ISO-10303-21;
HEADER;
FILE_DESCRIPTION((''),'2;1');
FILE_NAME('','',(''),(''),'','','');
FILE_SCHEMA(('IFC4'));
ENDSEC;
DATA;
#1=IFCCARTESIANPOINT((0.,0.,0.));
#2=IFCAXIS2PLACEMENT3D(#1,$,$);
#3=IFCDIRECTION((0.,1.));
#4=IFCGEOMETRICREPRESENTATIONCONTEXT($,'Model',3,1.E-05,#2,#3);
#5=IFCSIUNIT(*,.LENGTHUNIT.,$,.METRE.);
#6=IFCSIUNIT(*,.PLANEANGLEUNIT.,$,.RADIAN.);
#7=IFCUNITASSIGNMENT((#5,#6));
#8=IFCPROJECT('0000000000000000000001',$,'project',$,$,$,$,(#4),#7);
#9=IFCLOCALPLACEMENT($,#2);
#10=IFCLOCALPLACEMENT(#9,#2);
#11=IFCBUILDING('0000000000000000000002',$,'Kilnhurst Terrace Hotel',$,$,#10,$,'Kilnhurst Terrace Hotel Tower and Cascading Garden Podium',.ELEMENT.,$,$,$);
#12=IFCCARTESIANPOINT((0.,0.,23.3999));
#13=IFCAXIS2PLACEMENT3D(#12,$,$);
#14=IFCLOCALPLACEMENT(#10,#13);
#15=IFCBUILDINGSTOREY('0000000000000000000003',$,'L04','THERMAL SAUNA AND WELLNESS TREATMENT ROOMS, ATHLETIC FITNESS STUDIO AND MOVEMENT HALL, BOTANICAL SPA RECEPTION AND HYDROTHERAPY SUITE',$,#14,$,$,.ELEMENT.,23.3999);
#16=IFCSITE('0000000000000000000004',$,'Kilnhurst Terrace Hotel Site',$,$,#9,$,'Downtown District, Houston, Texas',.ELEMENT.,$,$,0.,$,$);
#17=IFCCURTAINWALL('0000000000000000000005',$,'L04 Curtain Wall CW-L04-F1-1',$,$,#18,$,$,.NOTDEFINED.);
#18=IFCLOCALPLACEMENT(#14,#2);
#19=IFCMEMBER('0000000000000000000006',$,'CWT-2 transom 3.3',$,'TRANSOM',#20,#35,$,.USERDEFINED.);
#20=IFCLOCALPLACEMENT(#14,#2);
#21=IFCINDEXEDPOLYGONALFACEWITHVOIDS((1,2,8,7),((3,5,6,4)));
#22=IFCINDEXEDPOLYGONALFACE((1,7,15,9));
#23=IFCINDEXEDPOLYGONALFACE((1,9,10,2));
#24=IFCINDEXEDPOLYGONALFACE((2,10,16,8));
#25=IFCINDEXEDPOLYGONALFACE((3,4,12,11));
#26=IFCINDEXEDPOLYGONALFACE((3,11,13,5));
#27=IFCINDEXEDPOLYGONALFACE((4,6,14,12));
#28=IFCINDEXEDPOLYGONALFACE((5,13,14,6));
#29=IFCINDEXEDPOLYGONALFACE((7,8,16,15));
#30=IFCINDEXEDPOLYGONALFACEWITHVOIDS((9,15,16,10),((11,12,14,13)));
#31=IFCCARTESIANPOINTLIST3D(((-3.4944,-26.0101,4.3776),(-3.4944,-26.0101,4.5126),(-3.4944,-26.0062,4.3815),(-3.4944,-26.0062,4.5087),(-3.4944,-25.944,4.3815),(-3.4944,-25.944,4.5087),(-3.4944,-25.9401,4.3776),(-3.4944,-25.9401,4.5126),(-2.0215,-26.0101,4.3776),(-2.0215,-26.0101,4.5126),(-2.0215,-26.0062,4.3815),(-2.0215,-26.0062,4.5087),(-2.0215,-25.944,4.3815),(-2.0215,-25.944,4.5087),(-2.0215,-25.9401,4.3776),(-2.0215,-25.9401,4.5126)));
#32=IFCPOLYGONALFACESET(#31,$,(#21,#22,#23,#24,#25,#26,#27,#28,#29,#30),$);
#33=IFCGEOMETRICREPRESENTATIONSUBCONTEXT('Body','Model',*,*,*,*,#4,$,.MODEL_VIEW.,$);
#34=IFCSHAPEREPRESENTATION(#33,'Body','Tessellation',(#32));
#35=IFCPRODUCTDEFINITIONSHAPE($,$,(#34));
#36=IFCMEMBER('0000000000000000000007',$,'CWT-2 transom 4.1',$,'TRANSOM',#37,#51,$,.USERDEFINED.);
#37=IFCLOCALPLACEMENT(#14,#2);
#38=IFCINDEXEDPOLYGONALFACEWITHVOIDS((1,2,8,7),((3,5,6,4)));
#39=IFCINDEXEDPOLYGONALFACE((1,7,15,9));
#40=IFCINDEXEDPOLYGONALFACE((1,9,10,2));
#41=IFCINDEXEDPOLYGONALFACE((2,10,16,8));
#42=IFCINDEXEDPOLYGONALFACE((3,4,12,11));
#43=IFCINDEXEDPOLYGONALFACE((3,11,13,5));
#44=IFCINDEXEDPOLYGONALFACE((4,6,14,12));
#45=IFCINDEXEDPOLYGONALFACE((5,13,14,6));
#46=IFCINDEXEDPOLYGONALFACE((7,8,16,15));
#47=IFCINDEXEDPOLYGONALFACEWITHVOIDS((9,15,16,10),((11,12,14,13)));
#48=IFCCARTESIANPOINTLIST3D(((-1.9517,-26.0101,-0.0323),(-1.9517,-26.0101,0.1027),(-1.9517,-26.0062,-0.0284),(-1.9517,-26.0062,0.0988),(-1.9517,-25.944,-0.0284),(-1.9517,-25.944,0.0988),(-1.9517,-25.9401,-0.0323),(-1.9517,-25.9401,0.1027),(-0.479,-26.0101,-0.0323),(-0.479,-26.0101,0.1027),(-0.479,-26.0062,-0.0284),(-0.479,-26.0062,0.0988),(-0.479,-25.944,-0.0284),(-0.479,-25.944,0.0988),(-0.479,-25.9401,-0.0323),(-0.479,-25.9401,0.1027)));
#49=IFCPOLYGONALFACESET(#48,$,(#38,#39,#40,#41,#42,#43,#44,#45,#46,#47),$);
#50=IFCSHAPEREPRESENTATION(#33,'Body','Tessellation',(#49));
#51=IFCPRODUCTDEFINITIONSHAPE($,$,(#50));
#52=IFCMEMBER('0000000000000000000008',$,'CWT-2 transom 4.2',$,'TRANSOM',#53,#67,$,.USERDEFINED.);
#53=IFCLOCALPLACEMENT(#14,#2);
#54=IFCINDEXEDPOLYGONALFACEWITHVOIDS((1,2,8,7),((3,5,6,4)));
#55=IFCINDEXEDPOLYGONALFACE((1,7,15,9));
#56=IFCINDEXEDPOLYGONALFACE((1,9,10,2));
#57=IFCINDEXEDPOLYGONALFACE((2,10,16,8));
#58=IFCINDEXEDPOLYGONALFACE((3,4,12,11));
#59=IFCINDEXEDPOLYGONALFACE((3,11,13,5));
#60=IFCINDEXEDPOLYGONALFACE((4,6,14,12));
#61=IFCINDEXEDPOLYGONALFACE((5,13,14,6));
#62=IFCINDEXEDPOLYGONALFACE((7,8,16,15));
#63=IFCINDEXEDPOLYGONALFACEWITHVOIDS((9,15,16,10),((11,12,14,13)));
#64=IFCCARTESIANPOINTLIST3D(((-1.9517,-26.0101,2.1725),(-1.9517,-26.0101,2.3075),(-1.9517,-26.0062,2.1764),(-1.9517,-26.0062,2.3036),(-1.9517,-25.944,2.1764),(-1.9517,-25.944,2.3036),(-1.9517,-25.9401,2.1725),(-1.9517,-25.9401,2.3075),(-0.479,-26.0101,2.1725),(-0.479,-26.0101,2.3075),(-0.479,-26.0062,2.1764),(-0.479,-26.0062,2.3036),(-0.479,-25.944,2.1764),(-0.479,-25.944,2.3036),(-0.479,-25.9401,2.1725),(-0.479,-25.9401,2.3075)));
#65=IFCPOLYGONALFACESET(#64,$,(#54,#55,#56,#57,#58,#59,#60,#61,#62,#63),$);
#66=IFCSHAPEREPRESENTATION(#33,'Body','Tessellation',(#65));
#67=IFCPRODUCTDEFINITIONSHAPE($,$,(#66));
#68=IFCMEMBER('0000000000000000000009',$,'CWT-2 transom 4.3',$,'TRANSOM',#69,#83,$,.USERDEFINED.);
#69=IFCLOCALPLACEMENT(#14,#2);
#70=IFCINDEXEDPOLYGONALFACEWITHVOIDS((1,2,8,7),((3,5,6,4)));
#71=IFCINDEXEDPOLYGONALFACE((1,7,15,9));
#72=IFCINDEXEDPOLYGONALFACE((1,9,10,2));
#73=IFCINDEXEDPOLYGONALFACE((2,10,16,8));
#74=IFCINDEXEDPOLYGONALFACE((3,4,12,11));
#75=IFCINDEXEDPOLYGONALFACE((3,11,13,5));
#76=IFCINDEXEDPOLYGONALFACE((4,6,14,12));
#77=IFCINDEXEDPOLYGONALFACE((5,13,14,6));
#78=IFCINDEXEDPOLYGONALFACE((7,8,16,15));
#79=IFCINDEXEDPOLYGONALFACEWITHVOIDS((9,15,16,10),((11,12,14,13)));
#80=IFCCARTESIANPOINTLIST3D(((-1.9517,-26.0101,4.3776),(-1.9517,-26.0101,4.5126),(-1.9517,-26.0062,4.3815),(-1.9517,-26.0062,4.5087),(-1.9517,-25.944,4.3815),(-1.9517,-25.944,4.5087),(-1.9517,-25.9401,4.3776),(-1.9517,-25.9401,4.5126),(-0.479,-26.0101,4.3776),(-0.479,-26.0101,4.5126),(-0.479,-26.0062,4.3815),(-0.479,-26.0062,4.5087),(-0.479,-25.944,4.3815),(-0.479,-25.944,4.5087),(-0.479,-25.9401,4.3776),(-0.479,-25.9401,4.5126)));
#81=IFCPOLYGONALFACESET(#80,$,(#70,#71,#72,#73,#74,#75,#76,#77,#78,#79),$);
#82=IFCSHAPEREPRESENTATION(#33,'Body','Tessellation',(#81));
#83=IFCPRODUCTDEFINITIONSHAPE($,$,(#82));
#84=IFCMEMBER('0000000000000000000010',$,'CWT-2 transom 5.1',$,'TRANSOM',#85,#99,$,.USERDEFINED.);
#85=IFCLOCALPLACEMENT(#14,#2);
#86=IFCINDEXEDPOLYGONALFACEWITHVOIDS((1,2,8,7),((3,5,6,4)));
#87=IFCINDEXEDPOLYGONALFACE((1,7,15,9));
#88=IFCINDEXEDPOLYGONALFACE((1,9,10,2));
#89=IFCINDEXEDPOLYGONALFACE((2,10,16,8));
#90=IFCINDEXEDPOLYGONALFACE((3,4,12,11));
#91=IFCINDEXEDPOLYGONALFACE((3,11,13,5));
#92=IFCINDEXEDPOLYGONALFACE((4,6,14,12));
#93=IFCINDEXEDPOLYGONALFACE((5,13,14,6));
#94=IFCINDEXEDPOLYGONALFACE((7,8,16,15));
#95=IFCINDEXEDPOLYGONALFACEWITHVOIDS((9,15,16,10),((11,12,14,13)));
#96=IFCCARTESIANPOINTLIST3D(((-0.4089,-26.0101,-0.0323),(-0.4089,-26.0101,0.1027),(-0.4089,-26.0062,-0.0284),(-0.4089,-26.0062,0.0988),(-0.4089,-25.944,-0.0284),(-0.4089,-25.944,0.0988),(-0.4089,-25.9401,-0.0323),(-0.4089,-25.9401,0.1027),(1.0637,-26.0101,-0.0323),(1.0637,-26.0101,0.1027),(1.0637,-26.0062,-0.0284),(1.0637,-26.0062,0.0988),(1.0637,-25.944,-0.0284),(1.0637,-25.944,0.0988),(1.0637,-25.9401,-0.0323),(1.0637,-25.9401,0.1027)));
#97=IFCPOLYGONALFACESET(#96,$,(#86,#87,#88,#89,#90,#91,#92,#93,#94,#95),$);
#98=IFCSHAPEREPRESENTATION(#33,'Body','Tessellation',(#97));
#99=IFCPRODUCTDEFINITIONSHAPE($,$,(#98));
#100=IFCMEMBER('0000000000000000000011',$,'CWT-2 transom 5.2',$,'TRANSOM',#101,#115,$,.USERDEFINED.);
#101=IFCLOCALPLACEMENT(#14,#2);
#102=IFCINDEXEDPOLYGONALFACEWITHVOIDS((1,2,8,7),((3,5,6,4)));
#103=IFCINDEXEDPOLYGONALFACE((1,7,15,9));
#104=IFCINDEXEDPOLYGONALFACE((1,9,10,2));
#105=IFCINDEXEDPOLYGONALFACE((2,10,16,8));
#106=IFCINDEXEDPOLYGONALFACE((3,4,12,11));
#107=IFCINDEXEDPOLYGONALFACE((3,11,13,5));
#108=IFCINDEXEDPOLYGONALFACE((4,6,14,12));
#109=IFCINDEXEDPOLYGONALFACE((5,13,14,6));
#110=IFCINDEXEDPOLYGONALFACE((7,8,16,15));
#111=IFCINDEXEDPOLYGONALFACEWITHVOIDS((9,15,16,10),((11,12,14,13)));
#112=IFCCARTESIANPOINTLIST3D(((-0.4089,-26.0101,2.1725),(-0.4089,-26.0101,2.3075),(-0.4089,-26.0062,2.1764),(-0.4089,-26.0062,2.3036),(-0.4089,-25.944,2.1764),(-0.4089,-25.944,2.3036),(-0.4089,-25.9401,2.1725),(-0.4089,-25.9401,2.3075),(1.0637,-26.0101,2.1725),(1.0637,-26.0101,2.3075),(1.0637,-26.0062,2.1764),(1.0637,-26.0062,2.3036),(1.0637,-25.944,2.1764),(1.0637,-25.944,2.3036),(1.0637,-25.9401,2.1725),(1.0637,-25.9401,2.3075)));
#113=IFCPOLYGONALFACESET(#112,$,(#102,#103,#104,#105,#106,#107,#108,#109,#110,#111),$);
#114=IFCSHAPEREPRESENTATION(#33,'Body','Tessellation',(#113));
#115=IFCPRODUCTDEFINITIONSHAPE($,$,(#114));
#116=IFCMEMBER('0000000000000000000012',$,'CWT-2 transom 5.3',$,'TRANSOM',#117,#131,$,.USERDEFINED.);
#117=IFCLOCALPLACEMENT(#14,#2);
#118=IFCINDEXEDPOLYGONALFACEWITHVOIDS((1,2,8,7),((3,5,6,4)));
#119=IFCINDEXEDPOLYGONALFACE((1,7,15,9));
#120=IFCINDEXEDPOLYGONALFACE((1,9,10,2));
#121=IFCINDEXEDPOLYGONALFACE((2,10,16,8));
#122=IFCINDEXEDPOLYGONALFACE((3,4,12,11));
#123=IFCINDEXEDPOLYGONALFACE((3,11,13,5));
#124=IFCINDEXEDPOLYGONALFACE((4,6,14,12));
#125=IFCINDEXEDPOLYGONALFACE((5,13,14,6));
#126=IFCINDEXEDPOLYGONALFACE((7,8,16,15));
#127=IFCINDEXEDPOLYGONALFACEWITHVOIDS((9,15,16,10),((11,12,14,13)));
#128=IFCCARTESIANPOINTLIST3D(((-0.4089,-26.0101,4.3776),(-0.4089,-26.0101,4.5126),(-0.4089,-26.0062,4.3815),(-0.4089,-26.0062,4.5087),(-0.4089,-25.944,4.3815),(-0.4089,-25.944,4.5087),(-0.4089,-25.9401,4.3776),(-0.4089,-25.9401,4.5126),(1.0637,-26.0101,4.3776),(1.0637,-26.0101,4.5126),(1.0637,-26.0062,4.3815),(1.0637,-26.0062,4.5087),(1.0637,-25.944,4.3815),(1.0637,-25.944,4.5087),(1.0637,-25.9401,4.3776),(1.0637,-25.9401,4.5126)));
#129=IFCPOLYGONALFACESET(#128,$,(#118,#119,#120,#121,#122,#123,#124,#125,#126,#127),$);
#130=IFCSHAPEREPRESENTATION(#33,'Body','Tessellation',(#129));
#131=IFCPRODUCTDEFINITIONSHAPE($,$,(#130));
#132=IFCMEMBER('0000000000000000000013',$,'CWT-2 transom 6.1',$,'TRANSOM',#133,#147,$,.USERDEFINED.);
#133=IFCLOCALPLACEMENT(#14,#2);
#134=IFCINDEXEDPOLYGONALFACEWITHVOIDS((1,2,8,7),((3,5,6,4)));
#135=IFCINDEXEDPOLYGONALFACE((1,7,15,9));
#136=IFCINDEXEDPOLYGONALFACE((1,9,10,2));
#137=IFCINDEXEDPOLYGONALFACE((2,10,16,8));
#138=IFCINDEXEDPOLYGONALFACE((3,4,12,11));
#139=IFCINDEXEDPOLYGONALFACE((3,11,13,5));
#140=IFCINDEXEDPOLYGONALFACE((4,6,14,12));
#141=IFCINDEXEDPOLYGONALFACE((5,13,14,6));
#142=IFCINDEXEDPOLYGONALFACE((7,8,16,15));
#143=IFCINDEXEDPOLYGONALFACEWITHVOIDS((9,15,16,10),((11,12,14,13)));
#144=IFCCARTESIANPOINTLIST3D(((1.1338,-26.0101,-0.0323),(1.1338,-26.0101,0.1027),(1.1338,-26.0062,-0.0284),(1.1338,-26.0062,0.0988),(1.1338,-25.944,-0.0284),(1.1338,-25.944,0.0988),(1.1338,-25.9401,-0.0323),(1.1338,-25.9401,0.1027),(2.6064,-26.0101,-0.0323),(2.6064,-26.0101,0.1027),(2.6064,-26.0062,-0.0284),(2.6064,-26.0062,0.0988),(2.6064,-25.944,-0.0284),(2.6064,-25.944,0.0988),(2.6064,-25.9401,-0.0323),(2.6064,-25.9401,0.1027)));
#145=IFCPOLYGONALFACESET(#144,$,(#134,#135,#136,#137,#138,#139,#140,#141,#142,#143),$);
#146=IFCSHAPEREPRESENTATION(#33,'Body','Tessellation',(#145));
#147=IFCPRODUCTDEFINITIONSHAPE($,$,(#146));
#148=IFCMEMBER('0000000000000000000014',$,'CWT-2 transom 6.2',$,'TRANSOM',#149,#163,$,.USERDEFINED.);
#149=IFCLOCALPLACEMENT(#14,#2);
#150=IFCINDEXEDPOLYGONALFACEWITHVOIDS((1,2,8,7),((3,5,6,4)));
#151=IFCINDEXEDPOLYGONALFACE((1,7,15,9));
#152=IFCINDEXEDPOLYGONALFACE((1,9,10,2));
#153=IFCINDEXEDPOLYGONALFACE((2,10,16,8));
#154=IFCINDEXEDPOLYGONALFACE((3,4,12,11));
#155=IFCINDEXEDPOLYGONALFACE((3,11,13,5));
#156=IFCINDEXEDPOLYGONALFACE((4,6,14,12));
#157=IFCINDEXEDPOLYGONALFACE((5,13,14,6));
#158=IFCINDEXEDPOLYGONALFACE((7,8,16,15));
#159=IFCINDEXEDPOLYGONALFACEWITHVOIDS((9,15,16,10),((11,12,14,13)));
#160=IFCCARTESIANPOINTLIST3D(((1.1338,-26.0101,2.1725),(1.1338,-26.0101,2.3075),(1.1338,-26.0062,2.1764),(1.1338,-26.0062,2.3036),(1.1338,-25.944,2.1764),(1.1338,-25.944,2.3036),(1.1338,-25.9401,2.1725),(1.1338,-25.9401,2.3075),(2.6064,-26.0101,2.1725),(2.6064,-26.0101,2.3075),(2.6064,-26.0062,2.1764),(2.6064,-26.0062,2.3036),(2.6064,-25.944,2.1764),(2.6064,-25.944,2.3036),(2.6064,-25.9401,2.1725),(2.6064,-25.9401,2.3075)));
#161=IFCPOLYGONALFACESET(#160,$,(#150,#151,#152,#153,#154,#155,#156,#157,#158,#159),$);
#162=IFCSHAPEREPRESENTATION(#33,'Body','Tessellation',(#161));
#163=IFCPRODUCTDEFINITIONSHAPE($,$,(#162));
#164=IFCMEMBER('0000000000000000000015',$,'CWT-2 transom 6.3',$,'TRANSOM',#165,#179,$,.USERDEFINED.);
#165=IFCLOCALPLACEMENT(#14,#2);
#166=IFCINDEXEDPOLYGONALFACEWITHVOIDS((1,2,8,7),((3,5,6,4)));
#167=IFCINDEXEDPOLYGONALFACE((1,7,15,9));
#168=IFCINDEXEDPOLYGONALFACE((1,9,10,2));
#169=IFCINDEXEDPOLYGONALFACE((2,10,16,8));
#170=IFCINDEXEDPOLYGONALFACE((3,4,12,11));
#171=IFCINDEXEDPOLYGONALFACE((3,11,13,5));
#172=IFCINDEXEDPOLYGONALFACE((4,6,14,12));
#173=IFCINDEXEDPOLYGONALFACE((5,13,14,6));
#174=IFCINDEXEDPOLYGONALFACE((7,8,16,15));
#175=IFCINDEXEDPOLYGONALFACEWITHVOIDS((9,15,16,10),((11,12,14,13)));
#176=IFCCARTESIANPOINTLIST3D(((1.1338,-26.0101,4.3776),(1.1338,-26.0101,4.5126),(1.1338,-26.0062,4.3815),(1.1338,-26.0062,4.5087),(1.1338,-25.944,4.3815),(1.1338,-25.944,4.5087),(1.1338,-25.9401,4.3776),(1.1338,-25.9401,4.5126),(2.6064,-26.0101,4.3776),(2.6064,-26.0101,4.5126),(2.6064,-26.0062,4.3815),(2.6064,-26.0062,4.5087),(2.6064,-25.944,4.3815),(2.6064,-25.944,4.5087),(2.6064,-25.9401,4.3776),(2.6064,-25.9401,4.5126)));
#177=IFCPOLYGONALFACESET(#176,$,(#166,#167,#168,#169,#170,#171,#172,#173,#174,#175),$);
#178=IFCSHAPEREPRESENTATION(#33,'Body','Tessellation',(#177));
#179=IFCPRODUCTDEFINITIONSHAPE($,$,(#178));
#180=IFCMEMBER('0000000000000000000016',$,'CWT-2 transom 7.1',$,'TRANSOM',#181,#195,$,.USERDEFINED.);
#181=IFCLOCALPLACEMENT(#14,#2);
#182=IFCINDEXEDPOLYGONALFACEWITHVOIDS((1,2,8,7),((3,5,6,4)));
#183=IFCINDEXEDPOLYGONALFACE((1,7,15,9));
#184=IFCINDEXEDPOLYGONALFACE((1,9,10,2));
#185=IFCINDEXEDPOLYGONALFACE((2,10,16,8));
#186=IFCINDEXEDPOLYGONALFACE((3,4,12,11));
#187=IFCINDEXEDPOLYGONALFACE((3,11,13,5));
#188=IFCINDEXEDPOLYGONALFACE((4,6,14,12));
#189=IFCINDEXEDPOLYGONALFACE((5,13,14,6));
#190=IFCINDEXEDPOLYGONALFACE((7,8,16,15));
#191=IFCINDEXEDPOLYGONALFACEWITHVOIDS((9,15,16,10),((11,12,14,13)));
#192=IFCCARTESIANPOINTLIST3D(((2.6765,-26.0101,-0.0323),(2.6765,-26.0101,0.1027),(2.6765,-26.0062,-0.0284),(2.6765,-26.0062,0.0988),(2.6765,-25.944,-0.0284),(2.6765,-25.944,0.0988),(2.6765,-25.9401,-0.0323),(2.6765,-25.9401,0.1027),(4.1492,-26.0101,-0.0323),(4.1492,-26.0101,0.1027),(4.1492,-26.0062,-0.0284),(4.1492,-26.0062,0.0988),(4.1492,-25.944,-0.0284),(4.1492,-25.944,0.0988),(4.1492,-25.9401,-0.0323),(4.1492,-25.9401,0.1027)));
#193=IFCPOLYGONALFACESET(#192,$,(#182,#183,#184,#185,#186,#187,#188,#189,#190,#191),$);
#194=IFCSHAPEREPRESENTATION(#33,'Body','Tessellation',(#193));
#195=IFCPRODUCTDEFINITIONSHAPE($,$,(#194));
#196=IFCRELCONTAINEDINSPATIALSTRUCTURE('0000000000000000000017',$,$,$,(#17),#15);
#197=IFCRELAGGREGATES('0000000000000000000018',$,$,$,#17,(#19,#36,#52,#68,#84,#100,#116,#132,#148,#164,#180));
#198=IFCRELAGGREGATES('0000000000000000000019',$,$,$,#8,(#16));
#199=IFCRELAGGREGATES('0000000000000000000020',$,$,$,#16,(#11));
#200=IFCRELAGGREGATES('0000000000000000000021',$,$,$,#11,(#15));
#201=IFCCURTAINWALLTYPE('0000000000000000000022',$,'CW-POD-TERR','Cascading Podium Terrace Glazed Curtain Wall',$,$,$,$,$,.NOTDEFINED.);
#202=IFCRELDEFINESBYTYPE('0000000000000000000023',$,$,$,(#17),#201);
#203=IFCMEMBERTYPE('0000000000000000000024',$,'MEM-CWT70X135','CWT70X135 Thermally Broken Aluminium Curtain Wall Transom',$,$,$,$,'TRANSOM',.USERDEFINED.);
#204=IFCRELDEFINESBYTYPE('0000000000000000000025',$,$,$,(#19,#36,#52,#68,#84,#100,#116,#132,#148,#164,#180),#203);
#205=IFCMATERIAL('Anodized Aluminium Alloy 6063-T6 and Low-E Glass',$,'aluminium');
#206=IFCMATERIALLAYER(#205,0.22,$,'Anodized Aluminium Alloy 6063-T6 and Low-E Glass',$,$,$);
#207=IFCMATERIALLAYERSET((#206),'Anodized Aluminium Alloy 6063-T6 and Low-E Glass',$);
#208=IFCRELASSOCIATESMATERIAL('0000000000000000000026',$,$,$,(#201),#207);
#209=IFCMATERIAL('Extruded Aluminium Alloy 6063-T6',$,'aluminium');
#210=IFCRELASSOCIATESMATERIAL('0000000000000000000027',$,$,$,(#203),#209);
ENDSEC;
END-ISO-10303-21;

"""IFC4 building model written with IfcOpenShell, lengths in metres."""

from ifc_helpers import new_model, si_unit, direction, frame, origin, origin_2d, place, context, subcontext, project, spatial, hollow_rectangle, extrude, material, layer, layer_set, material_profile, profile_set, type_object, element, aggregate, save


model = new_model("IFC4")

# Units and contexts
model_context = context("Model", 3, precision=1e-05, world=origin(), true_north=direction((0.0, 1.0)))
body_context = subcontext(model_context, "Body", "Model", "MODEL_VIEW")
ifc_project = project(units=[si_unit("LENGTHUNIT", "METRE"), si_unit("PLANEANGLEUNIT", "RADIAN")], contexts=[model_context])

# Site, building, storey
site_placement = place(None, origin())
site = spatial("IfcSite", under=ifc_project, at=site_placement, Name="Kilnhurst Terrace Hotel Site", LongName="Downtown District, Houston, Texas", CompositionType="ELEMENT", RefElevation=0.0)
building_placement = place(site_placement, origin())
building = spatial("IfcBuilding", under=site, at=building_placement, Name="Kilnhurst Terrace Hotel", LongName="Kilnhurst Terrace Hotel Tower and Cascading Garden Podium", CompositionType="ELEMENT")
storey_placement = place(building_placement, frame((0.0, 0.0, 23.3999)))
storey = spatial("IfcBuildingStorey", under=building, at=storey_placement, Name="L04", Description="THERMAL SAUNA AND WELLNESS TREATMENT ROOMS, ATHLETIC FITNESS STUDIO AND MOVEMENT HALL, BOTANICAL SPA RECEPTION AND HYDROTHERAPY SUITE", CompositionType="ELEMENT", Elevation=23.3999)

# Curtain wall, members
ifc_material_1 = material(Name="Anodized Aluminium Alloy 6063-T6 and Low-E Glass", Category="aluminium")
ifc_layer_1 = layer(ifc_material_1, 0.22, Name="Anodized Aluminium Alloy 6063-T6 and Low-E Glass")
ifc_layer_set_1 = layer_set([ifc_layer_1], Name="Anodized Aluminium Alloy 6063-T6 and Low-E Glass")
curtain_wall_type = type_object("IfcCurtainWallType", Name="CW-POD-TERR", Description="Cascading Podium Terrace Glazed Curtain Wall", PredefinedType="NOTDEFINED", material=ifc_layer_set_1)
curtain_wall_placement = place(storey_placement, origin())
curtain_wall = element("IfcCurtainWall", 1, at=curtain_wall_placement, inside=storey, type_object=curtain_wall_type, Name="L04 Curtain Wall CW-L04-F1-1", PredefinedType="NOTDEFINED")
ifc_material_2 = material(Name="Extruded Aluminium Alloy 6063-T6", Category="aluminium")
ifc_material_profile_1 = material_profile(ifc_material_2, hollow_rectangle(XDim=0.0701, YDim=0.135, WallThickness=0.0039, at=origin_2d()), Name="CWT70X135")
ifc_profile_set_1 = profile_set([ifc_material_profile_1], Name="Extruded Aluminium Alloy 6063-T6")
member_type_1 = type_object("IfcMemberType", Name="MEM-CWT70X135", Description="CWT70X135 Thermally Broken Aluminium Curtain Wall Transom", ElementType="TRANSOM", PredefinedType="USERDEFINED", material=ifc_profile_set_1)
member_1_placement = place(storey_placement, frame((-3.4944, -25.9751, 4.4451), z_axis=(1.0, 0.0, 0.0), x_axis=(0.0, 1.0, 0.0)))
member_1 = element("IfcMember", 2, at=member_1_placement, type_object=member_type_1, Name="CWT-2 transom 3.3", ObjectType="TRANSOM", PredefinedType="USERDEFINED", context=body_context, shape_type="SweptSolid", body=[
    extrude(hollow_rectangle(XDim=0.0701, YDim=0.135, WallThickness=0.0039, at=origin_2d()), origin(), (0.0, 0.0, 1.0), 1.4729),
])
member_2_placement = place(storey_placement, frame((-1.9517, -25.9751, 0.0352), z_axis=(1.0, 0.0, 0.0), x_axis=(0.0, 1.0, 0.0)))
member_2 = element("IfcMember", 3, at=member_2_placement, type_object=member_type_1, Name="CWT-2 transom 4.1", ObjectType="TRANSOM", PredefinedType="USERDEFINED", context=body_context, shape_type="SweptSolid", body=[
    extrude(hollow_rectangle(XDim=0.0701, YDim=0.135, WallThickness=0.0039, at=origin_2d()), origin(), (0.0, 0.0, 1.0), 1.4727),
])
member_3_placement = place(storey_placement, frame((-1.9517, -25.9751, 2.24), z_axis=(1.0, 0.0, 0.0), x_axis=(0.0, 1.0, 0.0)))
member_3 = element("IfcMember", 4, at=member_3_placement, type_object=member_type_1, Name="CWT-2 transom 4.2", ObjectType="TRANSOM", PredefinedType="USERDEFINED", context=body_context, shape_type="SweptSolid", body=[
    extrude(hollow_rectangle(XDim=0.0701, YDim=0.135, WallThickness=0.0039, at=origin_2d()), origin(), (0.0, 0.0, 1.0), 1.4727),
])
member_4_placement = place(storey_placement, frame((-1.9517, -25.9751, 4.4451), z_axis=(1.0, 0.0, 0.0), x_axis=(0.0, 1.0, 0.0)))
member_4 = element("IfcMember", 5, at=member_4_placement, type_object=member_type_1, Name="CWT-2 transom 4.3", ObjectType="TRANSOM", PredefinedType="USERDEFINED", context=body_context, shape_type="SweptSolid", body=[
    extrude(hollow_rectangle(XDim=0.0701, YDim=0.135, WallThickness=0.0039, at=origin_2d()), origin(), (0.0, 0.0, 1.0), 1.4727),
])
member_5_placement = place(storey_placement, frame((-0.4089, -25.9751, 0.0352), z_axis=(1.0, 0.0, 0.0), x_axis=(0.0, 1.0, 0.0)))
member_5 = element("IfcMember", 6, at=member_5_placement, type_object=member_type_1, Name="CWT-2 transom 5.1", ObjectType="TRANSOM", PredefinedType="USERDEFINED", context=body_context, shape_type="SweptSolid", body=[
    extrude(hollow_rectangle(XDim=0.0701, YDim=0.135, WallThickness=0.0039, at=origin_2d()), origin(), (0.0, 0.0, 1.0), 1.4727),
])
member_6_placement = place(storey_placement, frame((-0.4089, -25.9751, 2.24), z_axis=(1.0, 0.0, 0.0), x_axis=(0.0, 1.0, 0.0)))
member_6 = element("IfcMember", 7, at=member_6_placement, type_object=member_type_1, Name="CWT-2 transom 5.2", ObjectType="TRANSOM", PredefinedType="USERDEFINED", context=body_context, shape_type="SweptSolid", body=[
    extrude(hollow_rectangle(XDim=0.0701, YDim=0.135, WallThickness=0.0039, at=origin_2d()), origin(), (0.0, 0.0, 1.0), 1.4727),
])
member_7_placement = place(storey_placement, frame((-0.4089, -25.9751, 4.4451), z_axis=(1.0, 0.0, 0.0), x_axis=(0.0, 1.0, 0.0)))
member_7 = element("IfcMember", 8, at=member_7_placement, type_object=member_type_1, Name="CWT-2 transom 5.3", ObjectType="TRANSOM", PredefinedType="USERDEFINED", context=body_context, shape_type="SweptSolid", body=[
    extrude(hollow_rectangle(XDim=0.0701, YDim=0.135, WallThickness=0.0039, at=origin_2d()), origin(), (0.0, 0.0, 1.0), 1.4727),
])
member_8_placement = place(storey_placement, frame((1.1338, -25.9751, 0.0352), z_axis=(1.0, 0.0, 0.0), x_axis=(0.0, 1.0, 0.0)))
member_8 = element("IfcMember", 9, at=member_8_placement, type_object=member_type_1, Name="CWT-2 transom 6.1", ObjectType="TRANSOM", PredefinedType="USERDEFINED", context=body_context, shape_type="SweptSolid", body=[
    extrude(hollow_rectangle(XDim=0.0701, YDim=0.135, WallThickness=0.0039, at=origin_2d()), origin(), (0.0, 0.0, 1.0), 1.4727),
])
member_9_placement = place(storey_placement, frame((1.1338, -25.9751, 2.24), z_axis=(1.0, 0.0, 0.0), x_axis=(0.0, 1.0, 0.0)))
member_9 = element("IfcMember", 10, at=member_9_placement, type_object=member_type_1, Name="CWT-2 transom 6.2", ObjectType="TRANSOM", PredefinedType="USERDEFINED", context=body_context, shape_type="SweptSolid", body=[
    extrude(hollow_rectangle(XDim=0.0701, YDim=0.135, WallThickness=0.0039, at=origin_2d()), origin(), (0.0, 0.0, 1.0), 1.4727),
])
member_10_placement = place(storey_placement, frame((1.1338, -25.9751, 4.4451), z_axis=(1.0, 0.0, 0.0), x_axis=(0.0, 1.0, 0.0)))
member_10 = element("IfcMember", 11, at=member_10_placement, type_object=member_type_1, Name="CWT-2 transom 6.3", ObjectType="TRANSOM", PredefinedType="USERDEFINED", context=body_context, shape_type="SweptSolid", body=[
    extrude(hollow_rectangle(XDim=0.0701, YDim=0.135, WallThickness=0.0039, at=origin_2d()), origin(), (0.0, 0.0, 1.0), 1.4727),
])
member_11_placement = place(storey_placement, frame((2.6765, -25.9751, 0.0352), z_axis=(1.0, 0.0, 0.0), x_axis=(0.0, 1.0, 0.0)))
member_11 = element("IfcMember", 12, at=member_11_placement, type_object=member_type_1, Name="CWT-2 transom 7.1", ObjectType="TRANSOM", PredefinedType="USERDEFINED", context=body_context, shape_type="SweptSolid", body=[
    extrude(hollow_rectangle(XDim=0.0701, YDim=0.135, WallThickness=0.0039, at=origin_2d()), origin(), (0.0, 0.0, 1.0), 1.4727),
])
aggregate(curtain_wall, [member_1, member_2, member_3, member_4, member_5, member_6, member_7, member_8, member_9, member_10, member_11])

save(model, "model.ifc")
